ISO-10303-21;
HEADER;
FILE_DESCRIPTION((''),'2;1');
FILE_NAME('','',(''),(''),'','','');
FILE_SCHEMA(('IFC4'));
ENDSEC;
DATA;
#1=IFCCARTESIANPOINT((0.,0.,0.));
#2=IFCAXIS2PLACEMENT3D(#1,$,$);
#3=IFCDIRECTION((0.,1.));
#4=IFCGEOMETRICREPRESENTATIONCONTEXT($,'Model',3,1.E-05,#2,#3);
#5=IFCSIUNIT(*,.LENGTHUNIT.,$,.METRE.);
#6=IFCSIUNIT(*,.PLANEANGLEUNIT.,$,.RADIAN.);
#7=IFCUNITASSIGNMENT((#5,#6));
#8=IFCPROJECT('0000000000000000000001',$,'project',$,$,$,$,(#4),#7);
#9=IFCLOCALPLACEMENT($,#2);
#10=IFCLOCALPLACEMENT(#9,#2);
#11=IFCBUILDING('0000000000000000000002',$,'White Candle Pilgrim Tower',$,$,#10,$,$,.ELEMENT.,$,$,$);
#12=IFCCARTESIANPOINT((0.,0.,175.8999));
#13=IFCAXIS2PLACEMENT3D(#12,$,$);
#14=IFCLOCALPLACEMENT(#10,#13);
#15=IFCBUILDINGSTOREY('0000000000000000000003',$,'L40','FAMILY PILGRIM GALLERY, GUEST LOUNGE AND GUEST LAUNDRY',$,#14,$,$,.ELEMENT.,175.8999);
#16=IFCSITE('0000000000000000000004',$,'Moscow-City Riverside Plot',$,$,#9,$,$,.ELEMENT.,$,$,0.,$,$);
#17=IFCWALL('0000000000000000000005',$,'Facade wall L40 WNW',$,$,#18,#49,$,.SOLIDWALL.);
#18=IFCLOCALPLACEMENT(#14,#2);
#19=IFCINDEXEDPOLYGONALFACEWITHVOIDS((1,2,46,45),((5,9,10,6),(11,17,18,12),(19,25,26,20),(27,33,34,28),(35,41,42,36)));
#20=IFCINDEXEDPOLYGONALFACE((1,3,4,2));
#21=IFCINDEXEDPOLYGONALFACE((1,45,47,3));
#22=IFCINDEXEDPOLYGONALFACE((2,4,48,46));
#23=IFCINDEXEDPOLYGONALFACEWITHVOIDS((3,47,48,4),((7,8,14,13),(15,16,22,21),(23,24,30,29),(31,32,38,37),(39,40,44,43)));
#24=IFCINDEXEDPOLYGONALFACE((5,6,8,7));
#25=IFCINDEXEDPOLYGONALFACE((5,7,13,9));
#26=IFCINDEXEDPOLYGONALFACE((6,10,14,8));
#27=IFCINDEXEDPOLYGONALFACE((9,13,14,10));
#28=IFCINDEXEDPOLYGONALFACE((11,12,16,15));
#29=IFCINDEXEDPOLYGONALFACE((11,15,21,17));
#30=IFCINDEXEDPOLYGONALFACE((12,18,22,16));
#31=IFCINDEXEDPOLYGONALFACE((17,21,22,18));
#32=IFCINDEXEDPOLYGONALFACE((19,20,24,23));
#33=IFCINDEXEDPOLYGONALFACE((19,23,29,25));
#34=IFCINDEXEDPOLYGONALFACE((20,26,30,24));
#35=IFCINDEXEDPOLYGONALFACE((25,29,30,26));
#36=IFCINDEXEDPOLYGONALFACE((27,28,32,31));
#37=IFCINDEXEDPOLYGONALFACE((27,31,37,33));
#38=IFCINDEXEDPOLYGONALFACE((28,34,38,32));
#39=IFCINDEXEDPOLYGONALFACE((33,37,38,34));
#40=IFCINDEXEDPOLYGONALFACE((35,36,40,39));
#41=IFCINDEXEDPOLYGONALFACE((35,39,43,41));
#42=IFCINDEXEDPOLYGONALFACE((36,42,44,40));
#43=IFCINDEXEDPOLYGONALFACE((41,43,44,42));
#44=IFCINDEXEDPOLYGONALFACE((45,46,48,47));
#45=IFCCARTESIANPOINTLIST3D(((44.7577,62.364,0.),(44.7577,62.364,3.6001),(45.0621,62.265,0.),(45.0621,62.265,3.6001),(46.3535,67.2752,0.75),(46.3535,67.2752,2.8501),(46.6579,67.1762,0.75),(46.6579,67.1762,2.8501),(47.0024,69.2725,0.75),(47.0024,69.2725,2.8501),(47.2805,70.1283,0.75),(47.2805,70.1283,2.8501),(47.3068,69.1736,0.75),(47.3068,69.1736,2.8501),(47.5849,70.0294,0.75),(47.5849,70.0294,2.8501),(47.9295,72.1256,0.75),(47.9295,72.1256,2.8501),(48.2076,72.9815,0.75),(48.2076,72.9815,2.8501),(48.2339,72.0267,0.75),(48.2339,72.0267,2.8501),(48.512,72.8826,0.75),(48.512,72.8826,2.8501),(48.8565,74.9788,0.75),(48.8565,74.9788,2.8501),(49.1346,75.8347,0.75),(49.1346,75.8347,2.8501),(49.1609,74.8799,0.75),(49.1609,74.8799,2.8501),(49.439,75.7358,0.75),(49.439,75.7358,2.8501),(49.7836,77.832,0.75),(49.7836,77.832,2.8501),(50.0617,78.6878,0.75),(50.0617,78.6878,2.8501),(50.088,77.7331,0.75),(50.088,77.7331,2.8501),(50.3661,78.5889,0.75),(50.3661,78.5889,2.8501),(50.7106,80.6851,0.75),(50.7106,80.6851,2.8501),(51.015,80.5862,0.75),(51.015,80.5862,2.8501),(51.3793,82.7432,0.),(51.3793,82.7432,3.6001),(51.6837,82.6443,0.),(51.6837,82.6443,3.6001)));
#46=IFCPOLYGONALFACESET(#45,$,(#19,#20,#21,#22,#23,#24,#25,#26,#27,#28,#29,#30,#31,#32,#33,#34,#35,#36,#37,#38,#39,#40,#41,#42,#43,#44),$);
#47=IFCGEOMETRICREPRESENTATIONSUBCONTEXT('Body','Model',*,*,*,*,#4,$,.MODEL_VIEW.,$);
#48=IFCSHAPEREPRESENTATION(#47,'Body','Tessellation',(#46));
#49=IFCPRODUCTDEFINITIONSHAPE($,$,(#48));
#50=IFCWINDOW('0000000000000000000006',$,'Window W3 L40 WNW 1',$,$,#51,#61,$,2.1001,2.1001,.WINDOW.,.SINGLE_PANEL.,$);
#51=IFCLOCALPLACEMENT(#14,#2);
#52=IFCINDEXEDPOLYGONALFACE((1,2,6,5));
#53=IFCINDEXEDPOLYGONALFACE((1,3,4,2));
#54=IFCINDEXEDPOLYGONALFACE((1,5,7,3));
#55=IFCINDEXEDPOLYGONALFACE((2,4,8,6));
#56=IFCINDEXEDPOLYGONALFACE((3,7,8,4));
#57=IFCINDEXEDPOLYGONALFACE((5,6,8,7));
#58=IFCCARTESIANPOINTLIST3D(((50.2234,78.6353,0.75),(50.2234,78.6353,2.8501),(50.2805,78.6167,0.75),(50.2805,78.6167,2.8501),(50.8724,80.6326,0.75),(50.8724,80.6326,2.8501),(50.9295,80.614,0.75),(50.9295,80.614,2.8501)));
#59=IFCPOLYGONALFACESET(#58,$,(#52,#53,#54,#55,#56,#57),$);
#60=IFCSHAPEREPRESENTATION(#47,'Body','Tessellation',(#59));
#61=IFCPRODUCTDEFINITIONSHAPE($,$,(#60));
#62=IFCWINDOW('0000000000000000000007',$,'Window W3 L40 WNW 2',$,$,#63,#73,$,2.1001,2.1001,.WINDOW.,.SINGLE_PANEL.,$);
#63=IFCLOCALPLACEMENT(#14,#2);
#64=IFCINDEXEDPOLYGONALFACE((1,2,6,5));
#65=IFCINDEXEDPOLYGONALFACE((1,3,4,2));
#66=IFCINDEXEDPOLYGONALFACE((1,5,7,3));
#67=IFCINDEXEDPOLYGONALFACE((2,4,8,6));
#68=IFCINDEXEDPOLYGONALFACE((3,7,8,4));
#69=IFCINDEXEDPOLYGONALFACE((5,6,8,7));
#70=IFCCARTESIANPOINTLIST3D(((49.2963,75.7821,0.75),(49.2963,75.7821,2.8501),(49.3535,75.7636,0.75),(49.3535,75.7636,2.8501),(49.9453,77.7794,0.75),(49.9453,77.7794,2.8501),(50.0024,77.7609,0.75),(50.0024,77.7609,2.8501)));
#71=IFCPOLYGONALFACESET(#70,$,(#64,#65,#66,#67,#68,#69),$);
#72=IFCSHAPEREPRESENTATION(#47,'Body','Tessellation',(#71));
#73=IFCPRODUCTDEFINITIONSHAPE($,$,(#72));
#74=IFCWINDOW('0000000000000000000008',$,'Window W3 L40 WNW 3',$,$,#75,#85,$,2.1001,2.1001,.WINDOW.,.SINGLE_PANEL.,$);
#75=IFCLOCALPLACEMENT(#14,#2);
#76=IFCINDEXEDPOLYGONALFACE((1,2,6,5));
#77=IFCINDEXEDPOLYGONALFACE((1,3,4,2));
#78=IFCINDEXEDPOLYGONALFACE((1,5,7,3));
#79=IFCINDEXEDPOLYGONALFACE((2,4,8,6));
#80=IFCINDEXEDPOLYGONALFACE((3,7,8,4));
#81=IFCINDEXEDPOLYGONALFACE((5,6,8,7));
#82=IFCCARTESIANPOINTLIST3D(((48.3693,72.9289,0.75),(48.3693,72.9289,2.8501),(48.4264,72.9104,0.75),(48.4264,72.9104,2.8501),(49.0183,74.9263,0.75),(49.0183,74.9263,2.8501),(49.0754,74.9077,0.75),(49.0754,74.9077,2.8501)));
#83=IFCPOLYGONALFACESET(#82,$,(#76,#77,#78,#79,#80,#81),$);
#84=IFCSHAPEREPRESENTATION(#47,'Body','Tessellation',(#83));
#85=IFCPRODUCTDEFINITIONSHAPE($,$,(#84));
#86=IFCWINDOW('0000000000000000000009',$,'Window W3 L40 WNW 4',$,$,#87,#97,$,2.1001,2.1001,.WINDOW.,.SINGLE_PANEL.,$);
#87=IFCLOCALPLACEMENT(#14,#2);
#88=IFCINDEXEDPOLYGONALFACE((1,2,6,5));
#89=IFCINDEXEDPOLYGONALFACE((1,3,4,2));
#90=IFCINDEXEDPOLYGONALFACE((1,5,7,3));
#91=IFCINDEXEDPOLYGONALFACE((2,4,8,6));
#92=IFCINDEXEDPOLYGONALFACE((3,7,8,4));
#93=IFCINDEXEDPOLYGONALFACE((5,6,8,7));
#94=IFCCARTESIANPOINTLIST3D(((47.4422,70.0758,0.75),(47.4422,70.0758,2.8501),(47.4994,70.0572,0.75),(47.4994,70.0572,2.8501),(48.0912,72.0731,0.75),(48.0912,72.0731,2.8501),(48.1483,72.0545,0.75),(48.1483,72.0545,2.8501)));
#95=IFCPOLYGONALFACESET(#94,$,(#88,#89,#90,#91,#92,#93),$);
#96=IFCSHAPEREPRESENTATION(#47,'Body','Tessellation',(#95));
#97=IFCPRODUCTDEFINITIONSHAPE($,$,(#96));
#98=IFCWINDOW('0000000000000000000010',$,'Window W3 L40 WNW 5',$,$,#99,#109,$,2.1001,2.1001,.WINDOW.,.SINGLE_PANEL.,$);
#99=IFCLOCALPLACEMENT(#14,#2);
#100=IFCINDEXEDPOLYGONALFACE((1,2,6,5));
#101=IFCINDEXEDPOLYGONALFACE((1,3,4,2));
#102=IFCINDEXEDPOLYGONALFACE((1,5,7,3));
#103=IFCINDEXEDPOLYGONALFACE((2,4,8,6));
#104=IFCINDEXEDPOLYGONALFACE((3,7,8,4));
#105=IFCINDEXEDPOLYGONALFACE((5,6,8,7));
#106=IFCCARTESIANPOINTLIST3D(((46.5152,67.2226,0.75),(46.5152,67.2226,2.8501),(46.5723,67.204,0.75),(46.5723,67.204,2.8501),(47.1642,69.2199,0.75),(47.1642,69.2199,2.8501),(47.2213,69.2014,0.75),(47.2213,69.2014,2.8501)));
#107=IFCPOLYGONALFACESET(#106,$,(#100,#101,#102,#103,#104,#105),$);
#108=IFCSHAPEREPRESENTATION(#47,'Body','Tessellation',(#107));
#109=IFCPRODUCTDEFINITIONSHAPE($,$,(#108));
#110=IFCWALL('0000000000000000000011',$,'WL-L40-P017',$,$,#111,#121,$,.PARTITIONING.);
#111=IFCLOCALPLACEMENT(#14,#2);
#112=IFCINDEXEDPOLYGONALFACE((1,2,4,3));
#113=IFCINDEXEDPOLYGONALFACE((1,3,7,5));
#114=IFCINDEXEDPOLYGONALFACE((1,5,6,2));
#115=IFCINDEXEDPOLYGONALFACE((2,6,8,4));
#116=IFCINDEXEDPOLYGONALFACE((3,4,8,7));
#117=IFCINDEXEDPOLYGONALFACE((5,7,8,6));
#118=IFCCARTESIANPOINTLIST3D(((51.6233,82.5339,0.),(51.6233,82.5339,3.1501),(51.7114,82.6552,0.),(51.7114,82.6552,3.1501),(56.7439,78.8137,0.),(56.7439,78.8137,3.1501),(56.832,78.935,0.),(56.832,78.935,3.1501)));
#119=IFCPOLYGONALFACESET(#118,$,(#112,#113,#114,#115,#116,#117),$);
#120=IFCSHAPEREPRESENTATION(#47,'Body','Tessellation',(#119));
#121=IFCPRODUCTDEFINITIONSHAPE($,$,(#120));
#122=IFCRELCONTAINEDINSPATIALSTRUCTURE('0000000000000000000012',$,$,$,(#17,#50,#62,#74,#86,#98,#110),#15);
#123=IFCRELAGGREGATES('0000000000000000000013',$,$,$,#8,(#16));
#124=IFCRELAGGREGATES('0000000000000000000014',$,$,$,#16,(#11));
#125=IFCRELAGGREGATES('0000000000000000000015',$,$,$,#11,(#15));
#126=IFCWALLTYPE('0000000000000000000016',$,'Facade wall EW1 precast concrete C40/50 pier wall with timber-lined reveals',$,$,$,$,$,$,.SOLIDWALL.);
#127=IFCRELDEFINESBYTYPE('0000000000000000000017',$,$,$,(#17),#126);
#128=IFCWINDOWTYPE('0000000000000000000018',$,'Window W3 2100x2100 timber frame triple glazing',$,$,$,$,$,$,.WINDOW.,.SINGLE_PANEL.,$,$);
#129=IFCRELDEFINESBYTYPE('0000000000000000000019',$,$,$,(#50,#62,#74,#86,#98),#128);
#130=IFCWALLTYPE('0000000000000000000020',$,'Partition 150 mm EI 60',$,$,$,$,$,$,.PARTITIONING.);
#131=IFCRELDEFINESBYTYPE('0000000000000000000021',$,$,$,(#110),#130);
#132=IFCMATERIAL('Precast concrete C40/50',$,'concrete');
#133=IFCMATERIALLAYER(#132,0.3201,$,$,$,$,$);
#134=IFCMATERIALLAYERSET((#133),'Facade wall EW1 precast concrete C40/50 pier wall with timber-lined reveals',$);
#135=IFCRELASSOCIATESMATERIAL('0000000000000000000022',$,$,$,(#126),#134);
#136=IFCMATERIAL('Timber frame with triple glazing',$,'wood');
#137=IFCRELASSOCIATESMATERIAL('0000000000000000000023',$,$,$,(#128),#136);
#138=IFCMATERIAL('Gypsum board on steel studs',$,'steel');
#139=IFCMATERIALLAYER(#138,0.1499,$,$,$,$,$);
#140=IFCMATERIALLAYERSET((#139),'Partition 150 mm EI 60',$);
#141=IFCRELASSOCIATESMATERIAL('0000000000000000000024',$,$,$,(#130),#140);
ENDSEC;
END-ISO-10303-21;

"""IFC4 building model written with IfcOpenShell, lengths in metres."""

from ifc_helpers import new_model, si_unit, direction, frame, frame_2d, origin, place, context, subcontext, project, spatial, rectangle, extrude, material, layer, layer_set, type_object, element, fill, save


model = new_model("IFC4")

# Units and contexts
model_context = context("Model", 3, precision=1e-05, world=origin(), true_north=direction((0.0, 1.0)))
body_context = subcontext(model_context, "Body", "Model", "MODEL_VIEW")
ifc_project = project(units=[si_unit("LENGTHUNIT", "METRE"), si_unit("PLANEANGLEUNIT", "RADIAN")], contexts=[model_context])

# Site, building, storey
site_placement = place(None, origin())
site = spatial("IfcSite", under=ifc_project, at=site_placement, Name="Moscow-City Riverside Plot", CompositionType="ELEMENT", RefElevation=0.0)
building_placement = place(site_placement, origin())
building = spatial("IfcBuilding", under=site, at=building_placement, Name="White Candle Pilgrim Tower", CompositionType="ELEMENT")
storey_placement = place(building_placement, frame((0.0, 0.0, 175.8999)))
storey = spatial("IfcBuildingStorey", under=building, at=storey_placement, Name="L40", Description="FAMILY PILGRIM GALLERY, GUEST LOUNGE AND GUEST LAUNDRY", CompositionType="ELEMENT", Elevation=175.8999)

# Shared definitions
ifc_material_1 = material(Name="Precast concrete C40/50", Category="concrete")
ifc_layer_1 = layer(ifc_material_1, 0.3201)
ifc_layer_set_1 = layer_set([ifc_layer_1], Name="Facade wall EW1 precast concrete C40/50 pier wall with timber-lined reveals")
wall_type_1 = type_object("IfcWallType", Name="Facade wall EW1 precast concrete C40/50 pier wall with timber-lined reveals", PredefinedType="SOLIDWALL", material=ifc_layer_set_1)

# Wall, openings, windows
ifc_material_2 = material(Name="Timber frame with triple glazing", Category="wood")
wall_1_placement = place(storey_placement, frame((51.5315, 82.6936, 0.0), z_axis=(0.0, 0.0, 1.0), x_axis=(-0.309017, -0.951057, 0.0)))
wall_1 = element("IfcWall", 1, at=wall_1_placement, inside=storey, type_object=wall_type_1, Name="Facade wall L40 WNW", PredefinedType="SOLIDWALL", context=body_context, shape_type="SweptSolid", body=[
    extrude(rectangle(XDim=21.428, YDim=0.3201, at=frame_2d((10.7139, 0.0))), origin(), (0.0, 0.0, 1.0), 3.6001),
])
opening_1_placement = place(wall_1_placement, frame((2.1638, 0.0, 0.75)))
opening_1 = element("IfcOpeningElement", 2, at=opening_1_placement, cuts=wall_1, PredefinedType="OPENING", context=body_context, shape_type="SweptSolid", body=[
    extrude(rectangle(XDim=2.1001, YDim=2.1001, at=frame_2d((1.05, 1.05))), frame((0.0, 0.1699, 0.0), z_axis=(0.0, -1.0, 0.0), x_axis=(1.0, 0.0, 0.0)), (0.0, 0.0, 1.0), 0.3401),
])
opening_2_placement = place(wall_1_placement, frame((5.1638, 0.0, 0.75)))
opening_2 = element("IfcOpeningElement", 3, at=opening_2_placement, cuts=wall_1, PredefinedType="OPENING", context=body_context, shape_type="SweptSolid", body=[
    extrude(rectangle(XDim=2.1001, YDim=2.1001, at=frame_2d((1.05, 1.05))), frame((0.0, 0.1699, 0.0), z_axis=(0.0, -1.0, 0.0), x_axis=(1.0, 0.0, 0.0)), (0.0, 0.0, 1.0), 0.3401),
])
opening_3_placement = place(wall_1_placement, frame((8.1638, 0.0, 0.75)))
opening_3 = element("IfcOpeningElement", 4, at=opening_3_placement, cuts=wall_1, PredefinedType="OPENING", context=body_context, shape_type="SweptSolid", body=[
    extrude(rectangle(XDim=2.1001, YDim=2.1001, at=frame_2d((1.05, 1.05))), frame((0.0, 0.1699, 0.0), z_axis=(0.0, -1.0, 0.0), x_axis=(1.0, 0.0, 0.0)), (0.0, 0.0, 1.0), 0.3401),
])
opening_4_placement = place(wall_1_placement, frame((11.1638, 0.0, 0.75)))
opening_4 = element("IfcOpeningElement", 5, at=opening_4_placement, cuts=wall_1, PredefinedType="OPENING", context=body_context, shape_type="SweptSolid", body=[
    extrude(rectangle(XDim=2.1001, YDim=2.1001, at=frame_2d((1.05, 1.05))), frame((0.0, 0.1699, 0.0), z_axis=(0.0, -1.0, 0.0), x_axis=(1.0, 0.0, 0.0)), (0.0, 0.0, 1.0), 0.3401),
])
opening_5_placement = place(wall_1_placement, frame((14.1638, 0.0, 0.75)))
opening_5 = element("IfcOpeningElement", 6, at=opening_5_placement, cuts=wall_1, PredefinedType="OPENING", context=body_context, shape_type="SweptSolid", body=[
    extrude(rectangle(XDim=2.1001, YDim=2.1001, at=frame_2d((1.05, 1.05))), frame((0.0, 0.1699, 0.0), z_axis=(0.0, -1.0, 0.0), x_axis=(1.0, 0.0, 0.0)), (0.0, 0.0, 1.0), 0.3401),
])
window_type_1 = type_object("IfcWindowType", Name="Window W3 2100x2100 timber frame triple glazing", PartitioningType="SINGLE_PANEL", PredefinedType="WINDOW", material=ifc_material_2)
window_1_placement = place(opening_1_placement, origin())
window_1 = element("IfcWindow", 7, at=window_1_placement, inside=storey, type_object=window_type_1, Name="Window W3 L40 WNW 1", OverallHeight=2.1001, OverallWidth=2.1001, PartitioningType="SINGLE_PANEL", PredefinedType="WINDOW", context=body_context, shape_type="SweptSolid", body=[
    extrude(rectangle(XDim=2.1001, YDim=2.1001, at=frame_2d((1.05, 1.05))), frame((0.0, 0.0701, 0.0), z_axis=(0.0, -1.0, 0.0), x_axis=(1.0, 0.0, 0.0)), (0.0, 0.0, 1.0), 0.0601),
])
fill(opening_1, window_1)
window_2_placement = place(opening_2_placement, origin())
window_2 = element("IfcWindow", 8, at=window_2_placement, inside=storey, type_object=window_type_1, Name="Window W3 L40 WNW 2", OverallHeight=2.1001, OverallWidth=2.1001, PartitioningType="SINGLE_PANEL", PredefinedType="WINDOW", context=body_context, shape_type="SweptSolid", body=[
    extrude(rectangle(XDim=2.1001, YDim=2.1001, at=frame_2d((1.05, 1.05))), frame((0.0, 0.0701, 0.0), z_axis=(0.0, -1.0, 0.0), x_axis=(1.0, 0.0, 0.0)), (0.0, 0.0, 1.0), 0.0601),
])
fill(opening_2, window_2)
window_3_placement = place(opening_3_placement, origin())
window_3 = element("IfcWindow", 9, at=window_3_placement, inside=storey, type_object=window_type_1, Name="Window W3 L40 WNW 3", OverallHeight=2.1001, OverallWidth=2.1001, PartitioningType="SINGLE_PANEL", PredefinedType="WINDOW", context=body_context, shape_type="SweptSolid", body=[
    extrude(rectangle(XDim=2.1001, YDim=2.1001, at=frame_2d((1.05, 1.05))), frame((0.0, 0.0701, 0.0), z_axis=(0.0, -1.0, 0.0), x_axis=(1.0, 0.0, 0.0)), (0.0, 0.0, 1.0), 0.0601),
])
fill(opening_3, window_3)
window_4_placement = place(opening_4_placement, origin())
window_4 = element("IfcWindow", 10, at=window_4_placement, inside=storey, type_object=window_type_1, Name="Window W3 L40 WNW 4", OverallHeight=2.1001, OverallWidth=2.1001, PartitioningType="SINGLE_PANEL", PredefinedType="WINDOW", context=body_context, shape_type="SweptSolid", body=[
    extrude(rectangle(XDim=2.1001, YDim=2.1001, at=frame_2d((1.05, 1.05))), frame((0.0, 0.0701, 0.0), z_axis=(0.0, -1.0, 0.0), x_axis=(1.0, 0.0, 0.0)), (0.0, 0.0, 1.0), 0.0601),
])
fill(opening_4, window_4)
window_5_placement = place(opening_5_placement, origin())
window_5 = element("IfcWindow", 11, at=window_5_placement, inside=storey, type_object=window_type_1, Name="Window W3 L40 WNW 5", OverallHeight=2.1001, OverallWidth=2.1001, PartitioningType="SINGLE_PANEL", PredefinedType="WINDOW", context=body_context, shape_type="SweptSolid", body=[
    extrude(rectangle(XDim=2.1001, YDim=2.1001, at=frame_2d((1.05, 1.05))), frame((0.0, 0.0701, 0.0), z_axis=(0.0, -1.0, 0.0), x_axis=(1.0, 0.0, 0.0)), (0.0, 0.0, 1.0), 0.0601),
])
fill(opening_5, window_5)

# Wall
ifc_material_3 = material(Name="Gypsum board on steel studs", Category="steel")
ifc_layer_2 = layer(ifc_material_3, 0.1499)
ifc_layer_set_2 = layer_set([ifc_layer_2], Name="Partition 150 mm EI 60")
wall_type_2 = type_object("IfcWallType", Name="Partition 150 mm EI 60", PredefinedType="PARTITIONING", material=ifc_layer_set_2)
wall_2_placement = place(storey_placement, frame((51.6675, 82.5945, 0.0), z_axis=(0.0, 0.0, 1.0), x_axis=(0.809026, -0.587773, 0.0)))
element("IfcWall", 12, at=wall_2_placement, inside=storey, type_object=wall_type_2, Name="WL-L40-P017", PredefinedType="PARTITIONING", context=body_context, shape_type="SweptSolid", body=[
    extrude(rectangle(XDim=6.3293, YDim=0.1499, at=frame_2d((3.1646, 0.0))), origin(), (0.0, 0.0, 1.0), 3.1501),
])

save(model, "model.ifc")
